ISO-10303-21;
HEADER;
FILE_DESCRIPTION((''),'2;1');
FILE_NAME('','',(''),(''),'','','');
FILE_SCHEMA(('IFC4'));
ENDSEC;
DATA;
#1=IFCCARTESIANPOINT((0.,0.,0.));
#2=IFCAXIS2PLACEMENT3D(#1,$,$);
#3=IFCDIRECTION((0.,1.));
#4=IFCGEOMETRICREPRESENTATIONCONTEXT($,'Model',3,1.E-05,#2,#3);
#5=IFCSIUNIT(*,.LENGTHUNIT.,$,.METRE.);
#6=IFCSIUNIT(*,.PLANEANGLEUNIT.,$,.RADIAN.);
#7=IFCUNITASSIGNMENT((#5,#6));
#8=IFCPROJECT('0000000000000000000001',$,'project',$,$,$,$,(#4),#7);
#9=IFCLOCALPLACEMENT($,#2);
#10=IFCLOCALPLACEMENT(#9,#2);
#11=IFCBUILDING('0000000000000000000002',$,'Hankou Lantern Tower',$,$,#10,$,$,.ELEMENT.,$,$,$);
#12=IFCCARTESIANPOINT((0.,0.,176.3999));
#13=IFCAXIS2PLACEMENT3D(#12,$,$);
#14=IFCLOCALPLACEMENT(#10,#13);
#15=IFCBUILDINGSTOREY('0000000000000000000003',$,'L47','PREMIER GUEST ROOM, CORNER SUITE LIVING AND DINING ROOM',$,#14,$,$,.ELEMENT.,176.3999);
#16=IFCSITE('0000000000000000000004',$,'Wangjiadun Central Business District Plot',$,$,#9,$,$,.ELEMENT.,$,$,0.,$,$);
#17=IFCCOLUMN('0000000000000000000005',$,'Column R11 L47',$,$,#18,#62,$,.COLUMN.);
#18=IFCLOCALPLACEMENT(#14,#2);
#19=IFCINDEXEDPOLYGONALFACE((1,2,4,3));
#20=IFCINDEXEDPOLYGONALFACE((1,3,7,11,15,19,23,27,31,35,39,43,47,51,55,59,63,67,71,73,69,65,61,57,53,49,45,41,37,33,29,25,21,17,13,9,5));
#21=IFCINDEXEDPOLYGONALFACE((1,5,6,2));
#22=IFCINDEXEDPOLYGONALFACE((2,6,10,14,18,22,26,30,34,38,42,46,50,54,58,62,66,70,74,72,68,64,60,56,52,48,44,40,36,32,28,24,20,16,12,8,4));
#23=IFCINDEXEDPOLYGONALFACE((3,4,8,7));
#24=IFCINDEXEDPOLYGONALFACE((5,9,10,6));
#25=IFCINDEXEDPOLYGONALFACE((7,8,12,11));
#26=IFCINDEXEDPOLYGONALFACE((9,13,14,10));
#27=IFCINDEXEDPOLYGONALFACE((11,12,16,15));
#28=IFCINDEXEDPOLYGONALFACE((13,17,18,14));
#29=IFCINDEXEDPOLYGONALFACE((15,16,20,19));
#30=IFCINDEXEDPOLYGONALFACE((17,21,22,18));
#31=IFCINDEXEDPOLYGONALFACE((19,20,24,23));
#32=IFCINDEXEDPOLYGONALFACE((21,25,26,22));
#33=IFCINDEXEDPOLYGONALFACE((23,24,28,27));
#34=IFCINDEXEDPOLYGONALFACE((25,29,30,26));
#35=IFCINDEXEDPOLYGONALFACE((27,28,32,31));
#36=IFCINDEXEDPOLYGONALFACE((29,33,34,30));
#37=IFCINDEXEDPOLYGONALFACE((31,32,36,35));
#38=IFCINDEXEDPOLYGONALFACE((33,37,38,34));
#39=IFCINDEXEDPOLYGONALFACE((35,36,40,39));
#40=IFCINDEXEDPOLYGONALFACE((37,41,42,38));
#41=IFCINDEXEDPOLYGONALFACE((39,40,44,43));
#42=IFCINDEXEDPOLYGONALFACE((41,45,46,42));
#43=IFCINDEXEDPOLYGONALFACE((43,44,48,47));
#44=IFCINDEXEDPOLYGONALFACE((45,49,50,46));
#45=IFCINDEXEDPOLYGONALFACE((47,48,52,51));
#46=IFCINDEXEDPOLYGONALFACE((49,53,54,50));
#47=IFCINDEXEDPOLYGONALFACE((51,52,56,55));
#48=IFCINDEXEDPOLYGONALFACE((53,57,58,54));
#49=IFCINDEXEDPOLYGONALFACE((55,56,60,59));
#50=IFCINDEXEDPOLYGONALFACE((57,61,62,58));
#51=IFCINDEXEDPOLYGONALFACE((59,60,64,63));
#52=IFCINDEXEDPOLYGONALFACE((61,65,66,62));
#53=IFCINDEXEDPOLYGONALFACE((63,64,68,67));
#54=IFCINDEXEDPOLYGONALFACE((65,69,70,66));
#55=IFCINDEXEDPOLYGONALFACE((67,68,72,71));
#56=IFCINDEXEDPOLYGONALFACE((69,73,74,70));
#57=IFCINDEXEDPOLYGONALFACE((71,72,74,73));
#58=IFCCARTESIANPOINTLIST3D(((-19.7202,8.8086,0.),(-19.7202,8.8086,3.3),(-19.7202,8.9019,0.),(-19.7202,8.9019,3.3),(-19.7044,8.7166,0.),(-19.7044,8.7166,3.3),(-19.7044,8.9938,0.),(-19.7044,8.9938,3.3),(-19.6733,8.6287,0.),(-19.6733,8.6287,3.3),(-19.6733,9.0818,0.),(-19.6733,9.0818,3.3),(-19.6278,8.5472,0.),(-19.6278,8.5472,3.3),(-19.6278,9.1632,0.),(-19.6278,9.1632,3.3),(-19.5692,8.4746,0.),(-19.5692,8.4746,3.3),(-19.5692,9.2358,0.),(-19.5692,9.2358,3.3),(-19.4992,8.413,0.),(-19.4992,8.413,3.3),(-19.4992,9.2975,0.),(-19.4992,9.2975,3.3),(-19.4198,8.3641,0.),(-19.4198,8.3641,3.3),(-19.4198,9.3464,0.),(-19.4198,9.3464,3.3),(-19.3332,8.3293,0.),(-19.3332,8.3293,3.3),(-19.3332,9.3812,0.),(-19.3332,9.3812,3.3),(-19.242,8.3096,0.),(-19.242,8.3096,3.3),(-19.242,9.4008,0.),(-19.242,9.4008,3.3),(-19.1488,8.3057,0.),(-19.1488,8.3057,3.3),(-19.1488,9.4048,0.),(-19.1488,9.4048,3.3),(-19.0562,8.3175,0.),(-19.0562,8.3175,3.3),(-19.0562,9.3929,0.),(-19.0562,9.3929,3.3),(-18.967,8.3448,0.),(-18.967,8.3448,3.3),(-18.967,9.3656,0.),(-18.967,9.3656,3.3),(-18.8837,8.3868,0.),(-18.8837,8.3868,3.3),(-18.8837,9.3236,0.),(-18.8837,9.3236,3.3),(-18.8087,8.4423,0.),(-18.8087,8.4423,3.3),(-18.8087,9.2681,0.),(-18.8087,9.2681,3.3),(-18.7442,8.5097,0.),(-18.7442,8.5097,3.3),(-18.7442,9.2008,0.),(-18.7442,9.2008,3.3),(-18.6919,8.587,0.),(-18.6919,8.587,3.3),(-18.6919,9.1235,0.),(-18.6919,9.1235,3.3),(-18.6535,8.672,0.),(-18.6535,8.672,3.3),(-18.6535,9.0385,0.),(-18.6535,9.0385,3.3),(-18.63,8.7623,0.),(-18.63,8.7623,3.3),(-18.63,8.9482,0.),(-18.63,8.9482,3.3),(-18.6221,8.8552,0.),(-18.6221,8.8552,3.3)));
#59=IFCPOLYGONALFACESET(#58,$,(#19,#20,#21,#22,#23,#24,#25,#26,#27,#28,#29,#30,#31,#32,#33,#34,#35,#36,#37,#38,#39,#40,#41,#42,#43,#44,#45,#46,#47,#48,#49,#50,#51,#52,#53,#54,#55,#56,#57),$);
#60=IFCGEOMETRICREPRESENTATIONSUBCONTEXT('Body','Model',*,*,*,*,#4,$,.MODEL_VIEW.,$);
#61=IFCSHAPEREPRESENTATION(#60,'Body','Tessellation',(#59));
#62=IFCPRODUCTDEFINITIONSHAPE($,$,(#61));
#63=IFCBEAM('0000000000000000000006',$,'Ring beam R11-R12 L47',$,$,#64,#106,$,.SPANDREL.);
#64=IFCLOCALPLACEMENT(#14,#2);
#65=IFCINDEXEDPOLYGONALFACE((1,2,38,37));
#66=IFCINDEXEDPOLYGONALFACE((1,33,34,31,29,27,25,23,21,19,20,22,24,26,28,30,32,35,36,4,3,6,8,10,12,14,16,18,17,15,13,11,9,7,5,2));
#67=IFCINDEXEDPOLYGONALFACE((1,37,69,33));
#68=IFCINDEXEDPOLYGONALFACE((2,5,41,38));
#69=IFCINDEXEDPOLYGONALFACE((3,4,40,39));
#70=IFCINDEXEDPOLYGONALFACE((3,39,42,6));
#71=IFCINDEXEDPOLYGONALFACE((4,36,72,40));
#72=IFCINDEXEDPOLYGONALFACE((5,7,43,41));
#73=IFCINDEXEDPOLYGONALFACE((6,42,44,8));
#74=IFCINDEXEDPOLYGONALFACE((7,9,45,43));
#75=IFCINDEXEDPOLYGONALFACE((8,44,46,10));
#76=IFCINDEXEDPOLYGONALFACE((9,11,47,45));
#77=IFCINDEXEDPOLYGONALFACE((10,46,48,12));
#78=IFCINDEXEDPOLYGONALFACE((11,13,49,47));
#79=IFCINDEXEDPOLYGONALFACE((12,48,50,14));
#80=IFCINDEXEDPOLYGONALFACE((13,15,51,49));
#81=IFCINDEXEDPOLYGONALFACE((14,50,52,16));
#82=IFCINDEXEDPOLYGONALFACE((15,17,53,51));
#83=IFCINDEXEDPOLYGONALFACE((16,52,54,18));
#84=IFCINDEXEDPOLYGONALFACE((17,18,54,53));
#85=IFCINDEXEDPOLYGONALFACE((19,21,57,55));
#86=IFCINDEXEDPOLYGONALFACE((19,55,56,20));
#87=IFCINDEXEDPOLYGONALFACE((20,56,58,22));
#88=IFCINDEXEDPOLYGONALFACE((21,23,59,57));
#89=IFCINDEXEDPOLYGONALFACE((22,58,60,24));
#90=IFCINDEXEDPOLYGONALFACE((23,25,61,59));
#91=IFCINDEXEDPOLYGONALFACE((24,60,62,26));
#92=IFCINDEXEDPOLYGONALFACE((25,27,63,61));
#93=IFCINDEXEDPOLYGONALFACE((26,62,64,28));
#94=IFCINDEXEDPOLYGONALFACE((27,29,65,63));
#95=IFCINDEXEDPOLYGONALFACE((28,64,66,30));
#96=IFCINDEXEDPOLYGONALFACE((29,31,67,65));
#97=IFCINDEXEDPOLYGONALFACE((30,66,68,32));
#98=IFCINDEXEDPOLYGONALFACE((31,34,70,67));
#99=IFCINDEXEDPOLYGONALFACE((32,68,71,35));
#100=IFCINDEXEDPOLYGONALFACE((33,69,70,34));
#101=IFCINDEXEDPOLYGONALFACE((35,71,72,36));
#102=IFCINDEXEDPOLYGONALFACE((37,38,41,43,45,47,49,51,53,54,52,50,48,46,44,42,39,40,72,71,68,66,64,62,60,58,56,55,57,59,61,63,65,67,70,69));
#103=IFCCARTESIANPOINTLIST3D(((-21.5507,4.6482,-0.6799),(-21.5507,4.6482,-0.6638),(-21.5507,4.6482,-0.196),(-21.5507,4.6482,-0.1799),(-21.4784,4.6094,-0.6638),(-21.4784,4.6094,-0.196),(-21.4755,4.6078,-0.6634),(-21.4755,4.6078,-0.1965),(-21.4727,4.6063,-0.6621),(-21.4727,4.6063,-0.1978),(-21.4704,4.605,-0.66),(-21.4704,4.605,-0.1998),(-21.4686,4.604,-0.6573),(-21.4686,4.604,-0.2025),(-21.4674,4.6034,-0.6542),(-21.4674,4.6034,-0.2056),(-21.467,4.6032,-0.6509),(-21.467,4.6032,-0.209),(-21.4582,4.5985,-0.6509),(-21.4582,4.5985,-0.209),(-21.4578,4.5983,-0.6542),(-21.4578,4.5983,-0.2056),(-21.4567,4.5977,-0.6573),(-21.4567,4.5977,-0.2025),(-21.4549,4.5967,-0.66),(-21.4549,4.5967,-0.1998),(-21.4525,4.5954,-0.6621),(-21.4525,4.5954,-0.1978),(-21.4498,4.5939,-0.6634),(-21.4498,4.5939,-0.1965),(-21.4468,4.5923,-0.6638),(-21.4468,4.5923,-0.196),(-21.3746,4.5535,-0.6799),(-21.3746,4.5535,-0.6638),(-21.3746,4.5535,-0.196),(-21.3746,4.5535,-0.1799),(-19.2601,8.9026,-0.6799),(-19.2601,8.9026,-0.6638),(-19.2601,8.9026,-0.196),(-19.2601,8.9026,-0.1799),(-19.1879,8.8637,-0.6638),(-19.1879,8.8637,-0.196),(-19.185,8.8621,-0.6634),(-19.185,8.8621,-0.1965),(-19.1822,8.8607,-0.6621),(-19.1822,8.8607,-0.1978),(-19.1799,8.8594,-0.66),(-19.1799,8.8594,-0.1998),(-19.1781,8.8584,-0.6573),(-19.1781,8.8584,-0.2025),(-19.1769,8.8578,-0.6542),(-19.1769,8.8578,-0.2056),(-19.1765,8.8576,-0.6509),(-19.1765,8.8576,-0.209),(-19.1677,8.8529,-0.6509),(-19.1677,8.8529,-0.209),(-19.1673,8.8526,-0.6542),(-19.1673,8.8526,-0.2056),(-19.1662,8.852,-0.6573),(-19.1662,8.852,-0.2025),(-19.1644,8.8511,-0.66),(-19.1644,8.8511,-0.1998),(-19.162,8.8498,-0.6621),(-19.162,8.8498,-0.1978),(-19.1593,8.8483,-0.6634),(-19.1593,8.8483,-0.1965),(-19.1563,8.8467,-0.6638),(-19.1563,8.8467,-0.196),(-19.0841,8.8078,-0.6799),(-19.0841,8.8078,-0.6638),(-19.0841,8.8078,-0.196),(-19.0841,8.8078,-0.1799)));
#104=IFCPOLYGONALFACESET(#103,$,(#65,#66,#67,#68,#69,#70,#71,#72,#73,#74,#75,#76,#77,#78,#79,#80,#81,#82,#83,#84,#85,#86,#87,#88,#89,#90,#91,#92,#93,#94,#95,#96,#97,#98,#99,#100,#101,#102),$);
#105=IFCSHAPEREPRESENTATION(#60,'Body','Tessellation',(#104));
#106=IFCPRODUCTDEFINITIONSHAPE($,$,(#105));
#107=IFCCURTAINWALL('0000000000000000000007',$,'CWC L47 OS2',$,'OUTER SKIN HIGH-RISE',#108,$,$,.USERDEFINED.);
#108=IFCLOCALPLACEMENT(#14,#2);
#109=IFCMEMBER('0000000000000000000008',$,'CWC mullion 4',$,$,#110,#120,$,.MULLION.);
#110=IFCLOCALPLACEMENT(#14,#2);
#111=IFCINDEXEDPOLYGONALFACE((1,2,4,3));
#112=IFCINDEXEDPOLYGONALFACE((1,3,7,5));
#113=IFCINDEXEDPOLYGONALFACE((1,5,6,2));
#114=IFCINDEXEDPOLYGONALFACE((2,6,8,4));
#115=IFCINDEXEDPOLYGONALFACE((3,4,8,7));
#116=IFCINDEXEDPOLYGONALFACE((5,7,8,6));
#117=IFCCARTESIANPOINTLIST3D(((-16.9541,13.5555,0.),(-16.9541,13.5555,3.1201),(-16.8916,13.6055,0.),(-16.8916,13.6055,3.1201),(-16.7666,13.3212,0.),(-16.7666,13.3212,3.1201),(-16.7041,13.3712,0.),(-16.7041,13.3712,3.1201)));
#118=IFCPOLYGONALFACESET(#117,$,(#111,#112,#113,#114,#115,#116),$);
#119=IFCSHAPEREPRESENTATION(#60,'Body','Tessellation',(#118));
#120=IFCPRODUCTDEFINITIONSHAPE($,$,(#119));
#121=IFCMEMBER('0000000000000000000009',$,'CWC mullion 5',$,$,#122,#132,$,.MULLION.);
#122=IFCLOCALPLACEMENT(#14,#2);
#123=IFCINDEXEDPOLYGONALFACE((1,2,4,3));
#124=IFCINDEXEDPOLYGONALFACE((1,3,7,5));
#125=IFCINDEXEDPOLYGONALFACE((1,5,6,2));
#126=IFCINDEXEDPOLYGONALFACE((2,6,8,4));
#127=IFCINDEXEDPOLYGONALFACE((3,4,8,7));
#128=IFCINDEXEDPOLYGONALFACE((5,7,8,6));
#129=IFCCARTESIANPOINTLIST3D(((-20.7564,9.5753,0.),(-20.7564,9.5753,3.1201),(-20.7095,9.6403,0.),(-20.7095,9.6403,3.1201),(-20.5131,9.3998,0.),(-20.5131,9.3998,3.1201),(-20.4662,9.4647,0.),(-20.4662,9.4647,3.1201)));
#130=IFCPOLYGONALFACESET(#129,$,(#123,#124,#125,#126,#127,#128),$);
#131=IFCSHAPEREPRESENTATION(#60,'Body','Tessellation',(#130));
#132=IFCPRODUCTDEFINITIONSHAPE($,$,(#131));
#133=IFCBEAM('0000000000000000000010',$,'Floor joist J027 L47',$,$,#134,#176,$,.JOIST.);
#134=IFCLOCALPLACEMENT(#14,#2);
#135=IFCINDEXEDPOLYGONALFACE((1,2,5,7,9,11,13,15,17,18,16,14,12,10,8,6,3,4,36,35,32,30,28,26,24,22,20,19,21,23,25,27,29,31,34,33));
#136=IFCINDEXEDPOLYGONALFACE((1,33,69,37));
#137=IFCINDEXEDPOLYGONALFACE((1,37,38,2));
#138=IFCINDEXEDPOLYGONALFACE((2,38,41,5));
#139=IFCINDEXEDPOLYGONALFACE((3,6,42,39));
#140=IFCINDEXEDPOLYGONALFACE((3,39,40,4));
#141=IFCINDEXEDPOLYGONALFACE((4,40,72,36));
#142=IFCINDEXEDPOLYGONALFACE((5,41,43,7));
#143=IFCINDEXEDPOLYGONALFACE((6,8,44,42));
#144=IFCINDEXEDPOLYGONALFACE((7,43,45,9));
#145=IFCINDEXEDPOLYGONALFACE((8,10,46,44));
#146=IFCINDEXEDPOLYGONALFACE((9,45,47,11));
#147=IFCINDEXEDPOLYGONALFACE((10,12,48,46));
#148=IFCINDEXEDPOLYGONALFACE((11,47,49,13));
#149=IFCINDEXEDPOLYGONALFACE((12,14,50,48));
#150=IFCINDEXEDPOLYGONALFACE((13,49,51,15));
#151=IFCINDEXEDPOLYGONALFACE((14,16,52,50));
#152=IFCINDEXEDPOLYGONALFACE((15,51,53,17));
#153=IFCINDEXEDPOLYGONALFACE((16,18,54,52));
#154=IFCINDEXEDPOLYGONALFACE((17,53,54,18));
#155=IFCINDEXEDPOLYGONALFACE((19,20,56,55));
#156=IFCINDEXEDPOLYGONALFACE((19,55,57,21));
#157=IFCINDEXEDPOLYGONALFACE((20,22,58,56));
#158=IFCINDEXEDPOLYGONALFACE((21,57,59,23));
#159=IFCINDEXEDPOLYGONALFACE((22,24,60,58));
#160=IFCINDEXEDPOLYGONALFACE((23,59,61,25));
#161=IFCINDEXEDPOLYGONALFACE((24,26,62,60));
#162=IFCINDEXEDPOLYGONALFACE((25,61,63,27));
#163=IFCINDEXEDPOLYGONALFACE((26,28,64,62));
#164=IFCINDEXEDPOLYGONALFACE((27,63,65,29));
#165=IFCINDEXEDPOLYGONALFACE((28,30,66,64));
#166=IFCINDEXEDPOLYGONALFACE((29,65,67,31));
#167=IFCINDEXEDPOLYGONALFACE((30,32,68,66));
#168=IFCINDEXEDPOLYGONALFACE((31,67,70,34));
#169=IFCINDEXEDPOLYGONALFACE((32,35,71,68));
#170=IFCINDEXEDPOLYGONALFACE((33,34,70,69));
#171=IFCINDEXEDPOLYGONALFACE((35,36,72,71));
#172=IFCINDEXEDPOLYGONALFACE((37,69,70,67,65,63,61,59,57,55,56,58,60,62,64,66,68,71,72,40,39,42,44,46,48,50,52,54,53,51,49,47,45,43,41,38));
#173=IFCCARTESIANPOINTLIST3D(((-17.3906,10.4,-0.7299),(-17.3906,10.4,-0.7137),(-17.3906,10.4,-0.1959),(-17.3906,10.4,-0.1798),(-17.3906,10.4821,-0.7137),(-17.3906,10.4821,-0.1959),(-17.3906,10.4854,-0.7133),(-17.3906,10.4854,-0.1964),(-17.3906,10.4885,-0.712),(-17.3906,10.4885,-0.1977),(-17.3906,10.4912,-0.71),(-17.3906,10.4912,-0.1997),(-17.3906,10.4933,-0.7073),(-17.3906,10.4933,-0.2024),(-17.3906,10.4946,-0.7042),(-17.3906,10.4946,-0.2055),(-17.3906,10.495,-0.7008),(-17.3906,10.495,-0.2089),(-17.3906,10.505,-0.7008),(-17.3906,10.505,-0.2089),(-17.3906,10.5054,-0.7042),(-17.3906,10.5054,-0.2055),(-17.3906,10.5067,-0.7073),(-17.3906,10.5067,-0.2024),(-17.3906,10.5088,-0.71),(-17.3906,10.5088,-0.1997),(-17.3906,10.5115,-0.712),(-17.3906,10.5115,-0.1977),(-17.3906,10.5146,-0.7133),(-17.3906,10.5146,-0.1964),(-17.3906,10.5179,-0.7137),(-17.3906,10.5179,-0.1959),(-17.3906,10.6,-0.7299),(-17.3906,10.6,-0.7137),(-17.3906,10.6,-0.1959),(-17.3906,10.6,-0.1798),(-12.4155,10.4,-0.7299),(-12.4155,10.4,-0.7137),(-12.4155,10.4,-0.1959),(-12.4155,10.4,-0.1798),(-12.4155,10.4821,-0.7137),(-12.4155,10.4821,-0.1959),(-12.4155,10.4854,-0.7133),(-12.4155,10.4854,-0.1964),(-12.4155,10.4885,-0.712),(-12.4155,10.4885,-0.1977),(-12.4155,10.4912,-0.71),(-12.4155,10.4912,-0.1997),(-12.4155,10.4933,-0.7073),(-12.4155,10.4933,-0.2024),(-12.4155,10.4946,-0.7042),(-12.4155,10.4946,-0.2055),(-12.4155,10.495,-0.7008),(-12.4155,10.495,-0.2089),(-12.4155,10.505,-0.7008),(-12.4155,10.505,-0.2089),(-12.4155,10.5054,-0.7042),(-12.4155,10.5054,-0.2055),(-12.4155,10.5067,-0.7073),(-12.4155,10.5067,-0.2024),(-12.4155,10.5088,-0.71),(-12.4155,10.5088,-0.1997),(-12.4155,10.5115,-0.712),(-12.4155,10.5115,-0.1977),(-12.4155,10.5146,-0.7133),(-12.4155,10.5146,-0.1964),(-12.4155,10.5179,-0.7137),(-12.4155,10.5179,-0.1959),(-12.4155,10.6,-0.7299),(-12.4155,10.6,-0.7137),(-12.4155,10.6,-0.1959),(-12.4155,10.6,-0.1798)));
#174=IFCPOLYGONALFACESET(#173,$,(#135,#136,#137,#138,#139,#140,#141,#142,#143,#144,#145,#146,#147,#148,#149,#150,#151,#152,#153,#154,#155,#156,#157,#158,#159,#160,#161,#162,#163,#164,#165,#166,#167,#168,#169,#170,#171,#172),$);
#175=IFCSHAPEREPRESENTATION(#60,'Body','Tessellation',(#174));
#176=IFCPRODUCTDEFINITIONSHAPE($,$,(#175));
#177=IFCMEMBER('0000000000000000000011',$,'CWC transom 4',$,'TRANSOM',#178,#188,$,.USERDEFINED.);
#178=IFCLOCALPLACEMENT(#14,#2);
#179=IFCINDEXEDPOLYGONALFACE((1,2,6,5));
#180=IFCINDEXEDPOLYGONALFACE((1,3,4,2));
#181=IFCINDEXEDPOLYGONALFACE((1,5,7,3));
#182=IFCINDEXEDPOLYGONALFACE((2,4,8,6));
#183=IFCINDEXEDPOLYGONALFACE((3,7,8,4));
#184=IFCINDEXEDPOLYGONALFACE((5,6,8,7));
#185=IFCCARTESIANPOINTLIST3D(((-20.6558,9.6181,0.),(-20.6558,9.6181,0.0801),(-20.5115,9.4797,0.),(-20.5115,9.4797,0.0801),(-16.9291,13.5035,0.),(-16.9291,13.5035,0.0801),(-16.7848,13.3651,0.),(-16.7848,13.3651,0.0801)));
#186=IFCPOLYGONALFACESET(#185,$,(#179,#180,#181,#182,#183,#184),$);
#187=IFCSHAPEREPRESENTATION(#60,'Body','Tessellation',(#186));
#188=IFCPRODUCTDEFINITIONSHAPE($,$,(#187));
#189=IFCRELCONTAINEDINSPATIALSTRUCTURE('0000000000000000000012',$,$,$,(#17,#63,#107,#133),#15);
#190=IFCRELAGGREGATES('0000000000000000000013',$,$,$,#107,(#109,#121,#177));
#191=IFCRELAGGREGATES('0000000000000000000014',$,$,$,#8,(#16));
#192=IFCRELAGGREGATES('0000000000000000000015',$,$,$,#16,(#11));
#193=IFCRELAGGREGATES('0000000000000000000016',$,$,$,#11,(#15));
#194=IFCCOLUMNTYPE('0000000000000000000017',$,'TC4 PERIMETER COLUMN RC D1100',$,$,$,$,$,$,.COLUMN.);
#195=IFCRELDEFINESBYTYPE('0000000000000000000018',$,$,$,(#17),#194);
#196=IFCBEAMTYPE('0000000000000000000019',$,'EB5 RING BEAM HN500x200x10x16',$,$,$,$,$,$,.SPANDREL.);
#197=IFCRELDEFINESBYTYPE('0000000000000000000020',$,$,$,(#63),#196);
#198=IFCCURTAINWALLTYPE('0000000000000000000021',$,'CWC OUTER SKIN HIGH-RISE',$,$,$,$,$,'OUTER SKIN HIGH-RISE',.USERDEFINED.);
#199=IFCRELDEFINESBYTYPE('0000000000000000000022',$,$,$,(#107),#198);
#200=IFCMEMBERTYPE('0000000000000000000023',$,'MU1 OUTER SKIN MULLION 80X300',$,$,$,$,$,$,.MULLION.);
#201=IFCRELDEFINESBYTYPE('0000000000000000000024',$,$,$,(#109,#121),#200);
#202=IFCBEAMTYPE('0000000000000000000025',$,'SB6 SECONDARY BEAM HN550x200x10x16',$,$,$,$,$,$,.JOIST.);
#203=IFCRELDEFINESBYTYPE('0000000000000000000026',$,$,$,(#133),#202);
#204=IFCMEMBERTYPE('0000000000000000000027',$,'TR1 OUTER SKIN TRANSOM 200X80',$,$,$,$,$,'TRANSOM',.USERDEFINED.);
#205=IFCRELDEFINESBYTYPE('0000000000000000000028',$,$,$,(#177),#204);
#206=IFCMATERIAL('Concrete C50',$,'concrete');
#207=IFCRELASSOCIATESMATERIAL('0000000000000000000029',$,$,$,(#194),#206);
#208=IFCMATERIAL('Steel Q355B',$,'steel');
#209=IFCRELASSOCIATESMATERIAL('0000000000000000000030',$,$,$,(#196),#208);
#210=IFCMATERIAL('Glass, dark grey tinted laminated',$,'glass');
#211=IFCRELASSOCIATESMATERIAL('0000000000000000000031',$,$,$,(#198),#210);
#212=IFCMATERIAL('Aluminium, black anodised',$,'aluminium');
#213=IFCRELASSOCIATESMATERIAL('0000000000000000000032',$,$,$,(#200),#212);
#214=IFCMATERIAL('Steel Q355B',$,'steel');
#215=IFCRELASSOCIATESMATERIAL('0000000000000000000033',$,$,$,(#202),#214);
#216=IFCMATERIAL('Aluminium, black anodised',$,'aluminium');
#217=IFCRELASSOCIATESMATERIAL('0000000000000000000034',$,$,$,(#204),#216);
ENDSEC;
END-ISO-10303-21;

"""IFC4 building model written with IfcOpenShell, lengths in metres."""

from ifc_helpers import new_model, si_unit, direction, frame, origin, origin_2d, place, context, subcontext, project, spatial, rectangle, circle, i_section, extrude, material, material_profile, profile_set, type_object, element, aggregate, save


model = new_model("IFC4")

# Units and contexts
model_context = context("Model", 3, precision=1e-05, world=origin(), true_north=direction((0.0, 1.0)))
body_context = subcontext(model_context, "Body", "Model", "MODEL_VIEW")
ifc_project = project(units=[si_unit("LENGTHUNIT", "METRE"), si_unit("PLANEANGLEUNIT", "RADIAN")], contexts=[model_context])

# Site, building, storey
site_placement = place(None, origin())
site = spatial("IfcSite", under=ifc_project, at=site_placement, Name="Wangjiadun Central Business District Plot", CompositionType="ELEMENT", RefElevation=0.0)
building_placement = place(site_placement, origin())
building = spatial("IfcBuilding", under=site, at=building_placement, Name="Hankou Lantern Tower", CompositionType="ELEMENT")
storey_placement = place(building_placement, frame((0.0, 0.0, 176.3999)))
storey = spatial("IfcBuildingStorey", under=building, at=storey_placement, Name="L47", Description="PREMIER GUEST ROOM, CORNER SUITE LIVING AND DINING ROOM", CompositionType="ELEMENT", Elevation=176.3999)

# Column
ifc_material_1 = material(Name="Concrete C50", Category="concrete")
ifc_material_profile_1 = material_profile(ifc_material_1, circle(Radius=0.55, at=origin_2d()), Name="RC D1100")
ifc_profile_set_1 = profile_set([ifc_material_profile_1], Name="Concrete C50")
column_type = type_object("IfcColumnType", Name="TC4 PERIMETER COLUMN RC D1100", PredefinedType="COLUMN", material=ifc_profile_set_1)
column_placement = place(storey_placement, frame((-19.1721, 8.8552, 0.0), z_axis=(0.0, 0.0, 1.0), x_axis=(1.0, 0.0, 0.0)))
element("IfcColumn", 1, at=column_placement, inside=storey, type_object=column_type, Name="Column R11 L47", PredefinedType="COLUMN", context=body_context, shape_type="SweptSolid", body=[
    extrude(circle(Radius=0.55, at=origin_2d()), origin(), (0.0, 0.0, 1.0), 3.3),
])

# Beam
ifc_material_2 = material(Name="Steel Q355B", Category="steel")
ifc_material_profile_2 = material_profile(ifc_material_2, i_section(OverallWidth=0.2, OverallDepth=0.5, WebThickness=0.01, FlangeThickness=0.0161, FilletRadius=0.0129, at=origin_2d()), Name="HN500x200x10x16")
ifc_profile_set_2 = profile_set([ifc_material_profile_2], Name="Steel Q355B")
beam_type_1 = type_object("IfcBeamType", Name="EB5 RING BEAM HN500x200x10x16", PredefinedType="SPANDREL", material=ifc_profile_set_2)
beam_1_placement = place(storey_placement, frame((-19.1721, 8.8552, -0.4299), z_axis=(-0.474052, -0.880497, 0.0), x_axis=(0.880497, -0.474052, 0.0)))
element("IfcBeam", 2, at=beam_1_placement, inside=storey, type_object=beam_type_1, Name="Ring beam R11-R12 L47", PredefinedType="SPANDREL", context=body_context, shape_type="SweptSolid", body=[
    extrude(i_section(OverallWidth=0.2, OverallDepth=0.5, WebThickness=0.01, FlangeThickness=0.0161, FilletRadius=0.0129, at=origin_2d()), origin(), (0.0, 0.0, 1.0), 4.8318),
])

# Curtain wall, members
ifc_material_3 = material(Name="Glass, dark grey tinted laminated", Category="glass")
curtain_wall_type = type_object("IfcCurtainWallType", Name="CWC OUTER SKIN HIGH-RISE", ElementType="OUTER SKIN HIGH-RISE", PredefinedType="USERDEFINED", material=ifc_material_3)
curtain_wall_placement = place(storey_placement, origin())
curtain_wall = element("IfcCurtainWall", 3, at=curtain_wall_placement, inside=storey, type_object=curtain_wall_type, Name="CWC L47 OS2", ObjectType="OUTER SKIN HIGH-RISE", PredefinedType="USERDEFINED")
ifc_material_4 = material(Name="Aluminium, black anodised", Category="aluminium")
ifc_material_profile_3 = material_profile(ifc_material_4, rectangle(XDim=0.0801, YDim=0.3, at=origin_2d()), Name="MU1 80X300")
ifc_profile_set_3 = profile_set([ifc_material_profile_3], Name="Aluminium, black anodised")
member_type_1 = type_object("IfcMemberType", Name="MU1 OUTER SKIN MULLION 80X300", PredefinedType="MULLION", material=ifc_profile_set_3)
member_1_placement = place(storey_placement, frame((-16.8291, 13.4634, 0.0), z_axis=(0.0, 0.0, 1.0), x_axis=(-0.780869, -0.624695, 0.0)))
member_1 = element("IfcMember", 4, at=member_1_placement, type_object=member_type_1, Name="CWC mullion 4", PredefinedType="MULLION", context=body_context, shape_type="SweptSolid", body=[
    extrude(rectangle(XDim=0.0801, YDim=0.3, at=origin_2d()), origin(), (0.0, 0.0, 1.0), 3.1201),
])
member_2_placement = place(storey_placement, frame((-20.6113, 9.52, 0.0), z_axis=(0.0, 0.0, 1.0), x_axis=(-0.585206, -0.810885, 0.0)))
member_2 = element("IfcMember", 5, at=member_2_placement, type_object=member_type_1, Name="CWC mullion 5", PredefinedType="MULLION", context=body_context, shape_type="SweptSolid", body=[
    extrude(rectangle(XDim=0.0801, YDim=0.3, at=origin_2d()), origin(), (0.0, 0.0, 1.0), 3.1201),
])

# Beam
ifc_material_5 = material(Name="Steel Q355B", Category="steel")
ifc_material_profile_4 = material_profile(ifc_material_5, i_section(OverallWidth=0.2, OverallDepth=0.55, WebThickness=0.01, FlangeThickness=0.0161, FilletRadius=0.0129, at=origin_2d()), Name="HN550x200x10x16")
ifc_profile_set_4 = profile_set([ifc_material_profile_4], Name="Steel Q355B")
beam_type_2 = type_object("IfcBeamType", Name="SB6 SECONDARY BEAM HN550x200x10x16", PredefinedType="JOIST", material=ifc_profile_set_4)
beam_2_placement = place(storey_placement, frame((-17.3906, 10.5, -0.4548), z_axis=(1.0, 0.0, 0.0), x_axis=(0.0, 1.0, 0.0)))
element("IfcBeam", 6, at=beam_2_placement, inside=storey, type_object=beam_type_2, Name="Floor joist J027 L47", PredefinedType="JOIST", context=body_context, shape_type="SweptSolid", body=[
    extrude(i_section(OverallWidth=0.2, OverallDepth=0.55, WebThickness=0.01, FlangeThickness=0.0161, FilletRadius=0.0129, at=origin_2d()), origin(), (0.0, 0.0, 1.0), 4.9751),
])

# Member
ifc_material_6 = material(Name="Aluminium, black anodised", Category="aluminium")
ifc_material_profile_5 = material_profile(ifc_material_6, rectangle(XDim=0.2, YDim=0.0801, at=origin_2d()), Name="TR1 200X80")
ifc_profile_set_5 = profile_set([ifc_material_profile_5], Name="Aluminium, black anodised")
member_type_2 = type_object("IfcMemberType", Name="TR1 OUTER SKIN TRANSOM 200X80", ElementType="TRANSOM", PredefinedType="USERDEFINED", material=ifc_profile_set_5)
member_3_placement = place(storey_placement, frame((-16.8569, 13.4343, 0.04), z_axis=(-0.692216, -0.721691, 0.0), x_axis=(0.721691, -0.692216, 0.0)))
member_3 = element("IfcMember", 7, at=member_3_placement, type_object=member_type_2, Name="CWC transom 4", ObjectType="TRANSOM", PredefinedType="USERDEFINED", context=body_context, shape_type="SweptSolid", body=[
    extrude(rectangle(XDim=0.2, YDim=0.0801, at=origin_2d()), origin(), (0.0, 0.0, 1.0), 5.3838),
])

aggregate(curtain_wall, [member_1, member_2, member_3])

save(model, "model.ifc")
